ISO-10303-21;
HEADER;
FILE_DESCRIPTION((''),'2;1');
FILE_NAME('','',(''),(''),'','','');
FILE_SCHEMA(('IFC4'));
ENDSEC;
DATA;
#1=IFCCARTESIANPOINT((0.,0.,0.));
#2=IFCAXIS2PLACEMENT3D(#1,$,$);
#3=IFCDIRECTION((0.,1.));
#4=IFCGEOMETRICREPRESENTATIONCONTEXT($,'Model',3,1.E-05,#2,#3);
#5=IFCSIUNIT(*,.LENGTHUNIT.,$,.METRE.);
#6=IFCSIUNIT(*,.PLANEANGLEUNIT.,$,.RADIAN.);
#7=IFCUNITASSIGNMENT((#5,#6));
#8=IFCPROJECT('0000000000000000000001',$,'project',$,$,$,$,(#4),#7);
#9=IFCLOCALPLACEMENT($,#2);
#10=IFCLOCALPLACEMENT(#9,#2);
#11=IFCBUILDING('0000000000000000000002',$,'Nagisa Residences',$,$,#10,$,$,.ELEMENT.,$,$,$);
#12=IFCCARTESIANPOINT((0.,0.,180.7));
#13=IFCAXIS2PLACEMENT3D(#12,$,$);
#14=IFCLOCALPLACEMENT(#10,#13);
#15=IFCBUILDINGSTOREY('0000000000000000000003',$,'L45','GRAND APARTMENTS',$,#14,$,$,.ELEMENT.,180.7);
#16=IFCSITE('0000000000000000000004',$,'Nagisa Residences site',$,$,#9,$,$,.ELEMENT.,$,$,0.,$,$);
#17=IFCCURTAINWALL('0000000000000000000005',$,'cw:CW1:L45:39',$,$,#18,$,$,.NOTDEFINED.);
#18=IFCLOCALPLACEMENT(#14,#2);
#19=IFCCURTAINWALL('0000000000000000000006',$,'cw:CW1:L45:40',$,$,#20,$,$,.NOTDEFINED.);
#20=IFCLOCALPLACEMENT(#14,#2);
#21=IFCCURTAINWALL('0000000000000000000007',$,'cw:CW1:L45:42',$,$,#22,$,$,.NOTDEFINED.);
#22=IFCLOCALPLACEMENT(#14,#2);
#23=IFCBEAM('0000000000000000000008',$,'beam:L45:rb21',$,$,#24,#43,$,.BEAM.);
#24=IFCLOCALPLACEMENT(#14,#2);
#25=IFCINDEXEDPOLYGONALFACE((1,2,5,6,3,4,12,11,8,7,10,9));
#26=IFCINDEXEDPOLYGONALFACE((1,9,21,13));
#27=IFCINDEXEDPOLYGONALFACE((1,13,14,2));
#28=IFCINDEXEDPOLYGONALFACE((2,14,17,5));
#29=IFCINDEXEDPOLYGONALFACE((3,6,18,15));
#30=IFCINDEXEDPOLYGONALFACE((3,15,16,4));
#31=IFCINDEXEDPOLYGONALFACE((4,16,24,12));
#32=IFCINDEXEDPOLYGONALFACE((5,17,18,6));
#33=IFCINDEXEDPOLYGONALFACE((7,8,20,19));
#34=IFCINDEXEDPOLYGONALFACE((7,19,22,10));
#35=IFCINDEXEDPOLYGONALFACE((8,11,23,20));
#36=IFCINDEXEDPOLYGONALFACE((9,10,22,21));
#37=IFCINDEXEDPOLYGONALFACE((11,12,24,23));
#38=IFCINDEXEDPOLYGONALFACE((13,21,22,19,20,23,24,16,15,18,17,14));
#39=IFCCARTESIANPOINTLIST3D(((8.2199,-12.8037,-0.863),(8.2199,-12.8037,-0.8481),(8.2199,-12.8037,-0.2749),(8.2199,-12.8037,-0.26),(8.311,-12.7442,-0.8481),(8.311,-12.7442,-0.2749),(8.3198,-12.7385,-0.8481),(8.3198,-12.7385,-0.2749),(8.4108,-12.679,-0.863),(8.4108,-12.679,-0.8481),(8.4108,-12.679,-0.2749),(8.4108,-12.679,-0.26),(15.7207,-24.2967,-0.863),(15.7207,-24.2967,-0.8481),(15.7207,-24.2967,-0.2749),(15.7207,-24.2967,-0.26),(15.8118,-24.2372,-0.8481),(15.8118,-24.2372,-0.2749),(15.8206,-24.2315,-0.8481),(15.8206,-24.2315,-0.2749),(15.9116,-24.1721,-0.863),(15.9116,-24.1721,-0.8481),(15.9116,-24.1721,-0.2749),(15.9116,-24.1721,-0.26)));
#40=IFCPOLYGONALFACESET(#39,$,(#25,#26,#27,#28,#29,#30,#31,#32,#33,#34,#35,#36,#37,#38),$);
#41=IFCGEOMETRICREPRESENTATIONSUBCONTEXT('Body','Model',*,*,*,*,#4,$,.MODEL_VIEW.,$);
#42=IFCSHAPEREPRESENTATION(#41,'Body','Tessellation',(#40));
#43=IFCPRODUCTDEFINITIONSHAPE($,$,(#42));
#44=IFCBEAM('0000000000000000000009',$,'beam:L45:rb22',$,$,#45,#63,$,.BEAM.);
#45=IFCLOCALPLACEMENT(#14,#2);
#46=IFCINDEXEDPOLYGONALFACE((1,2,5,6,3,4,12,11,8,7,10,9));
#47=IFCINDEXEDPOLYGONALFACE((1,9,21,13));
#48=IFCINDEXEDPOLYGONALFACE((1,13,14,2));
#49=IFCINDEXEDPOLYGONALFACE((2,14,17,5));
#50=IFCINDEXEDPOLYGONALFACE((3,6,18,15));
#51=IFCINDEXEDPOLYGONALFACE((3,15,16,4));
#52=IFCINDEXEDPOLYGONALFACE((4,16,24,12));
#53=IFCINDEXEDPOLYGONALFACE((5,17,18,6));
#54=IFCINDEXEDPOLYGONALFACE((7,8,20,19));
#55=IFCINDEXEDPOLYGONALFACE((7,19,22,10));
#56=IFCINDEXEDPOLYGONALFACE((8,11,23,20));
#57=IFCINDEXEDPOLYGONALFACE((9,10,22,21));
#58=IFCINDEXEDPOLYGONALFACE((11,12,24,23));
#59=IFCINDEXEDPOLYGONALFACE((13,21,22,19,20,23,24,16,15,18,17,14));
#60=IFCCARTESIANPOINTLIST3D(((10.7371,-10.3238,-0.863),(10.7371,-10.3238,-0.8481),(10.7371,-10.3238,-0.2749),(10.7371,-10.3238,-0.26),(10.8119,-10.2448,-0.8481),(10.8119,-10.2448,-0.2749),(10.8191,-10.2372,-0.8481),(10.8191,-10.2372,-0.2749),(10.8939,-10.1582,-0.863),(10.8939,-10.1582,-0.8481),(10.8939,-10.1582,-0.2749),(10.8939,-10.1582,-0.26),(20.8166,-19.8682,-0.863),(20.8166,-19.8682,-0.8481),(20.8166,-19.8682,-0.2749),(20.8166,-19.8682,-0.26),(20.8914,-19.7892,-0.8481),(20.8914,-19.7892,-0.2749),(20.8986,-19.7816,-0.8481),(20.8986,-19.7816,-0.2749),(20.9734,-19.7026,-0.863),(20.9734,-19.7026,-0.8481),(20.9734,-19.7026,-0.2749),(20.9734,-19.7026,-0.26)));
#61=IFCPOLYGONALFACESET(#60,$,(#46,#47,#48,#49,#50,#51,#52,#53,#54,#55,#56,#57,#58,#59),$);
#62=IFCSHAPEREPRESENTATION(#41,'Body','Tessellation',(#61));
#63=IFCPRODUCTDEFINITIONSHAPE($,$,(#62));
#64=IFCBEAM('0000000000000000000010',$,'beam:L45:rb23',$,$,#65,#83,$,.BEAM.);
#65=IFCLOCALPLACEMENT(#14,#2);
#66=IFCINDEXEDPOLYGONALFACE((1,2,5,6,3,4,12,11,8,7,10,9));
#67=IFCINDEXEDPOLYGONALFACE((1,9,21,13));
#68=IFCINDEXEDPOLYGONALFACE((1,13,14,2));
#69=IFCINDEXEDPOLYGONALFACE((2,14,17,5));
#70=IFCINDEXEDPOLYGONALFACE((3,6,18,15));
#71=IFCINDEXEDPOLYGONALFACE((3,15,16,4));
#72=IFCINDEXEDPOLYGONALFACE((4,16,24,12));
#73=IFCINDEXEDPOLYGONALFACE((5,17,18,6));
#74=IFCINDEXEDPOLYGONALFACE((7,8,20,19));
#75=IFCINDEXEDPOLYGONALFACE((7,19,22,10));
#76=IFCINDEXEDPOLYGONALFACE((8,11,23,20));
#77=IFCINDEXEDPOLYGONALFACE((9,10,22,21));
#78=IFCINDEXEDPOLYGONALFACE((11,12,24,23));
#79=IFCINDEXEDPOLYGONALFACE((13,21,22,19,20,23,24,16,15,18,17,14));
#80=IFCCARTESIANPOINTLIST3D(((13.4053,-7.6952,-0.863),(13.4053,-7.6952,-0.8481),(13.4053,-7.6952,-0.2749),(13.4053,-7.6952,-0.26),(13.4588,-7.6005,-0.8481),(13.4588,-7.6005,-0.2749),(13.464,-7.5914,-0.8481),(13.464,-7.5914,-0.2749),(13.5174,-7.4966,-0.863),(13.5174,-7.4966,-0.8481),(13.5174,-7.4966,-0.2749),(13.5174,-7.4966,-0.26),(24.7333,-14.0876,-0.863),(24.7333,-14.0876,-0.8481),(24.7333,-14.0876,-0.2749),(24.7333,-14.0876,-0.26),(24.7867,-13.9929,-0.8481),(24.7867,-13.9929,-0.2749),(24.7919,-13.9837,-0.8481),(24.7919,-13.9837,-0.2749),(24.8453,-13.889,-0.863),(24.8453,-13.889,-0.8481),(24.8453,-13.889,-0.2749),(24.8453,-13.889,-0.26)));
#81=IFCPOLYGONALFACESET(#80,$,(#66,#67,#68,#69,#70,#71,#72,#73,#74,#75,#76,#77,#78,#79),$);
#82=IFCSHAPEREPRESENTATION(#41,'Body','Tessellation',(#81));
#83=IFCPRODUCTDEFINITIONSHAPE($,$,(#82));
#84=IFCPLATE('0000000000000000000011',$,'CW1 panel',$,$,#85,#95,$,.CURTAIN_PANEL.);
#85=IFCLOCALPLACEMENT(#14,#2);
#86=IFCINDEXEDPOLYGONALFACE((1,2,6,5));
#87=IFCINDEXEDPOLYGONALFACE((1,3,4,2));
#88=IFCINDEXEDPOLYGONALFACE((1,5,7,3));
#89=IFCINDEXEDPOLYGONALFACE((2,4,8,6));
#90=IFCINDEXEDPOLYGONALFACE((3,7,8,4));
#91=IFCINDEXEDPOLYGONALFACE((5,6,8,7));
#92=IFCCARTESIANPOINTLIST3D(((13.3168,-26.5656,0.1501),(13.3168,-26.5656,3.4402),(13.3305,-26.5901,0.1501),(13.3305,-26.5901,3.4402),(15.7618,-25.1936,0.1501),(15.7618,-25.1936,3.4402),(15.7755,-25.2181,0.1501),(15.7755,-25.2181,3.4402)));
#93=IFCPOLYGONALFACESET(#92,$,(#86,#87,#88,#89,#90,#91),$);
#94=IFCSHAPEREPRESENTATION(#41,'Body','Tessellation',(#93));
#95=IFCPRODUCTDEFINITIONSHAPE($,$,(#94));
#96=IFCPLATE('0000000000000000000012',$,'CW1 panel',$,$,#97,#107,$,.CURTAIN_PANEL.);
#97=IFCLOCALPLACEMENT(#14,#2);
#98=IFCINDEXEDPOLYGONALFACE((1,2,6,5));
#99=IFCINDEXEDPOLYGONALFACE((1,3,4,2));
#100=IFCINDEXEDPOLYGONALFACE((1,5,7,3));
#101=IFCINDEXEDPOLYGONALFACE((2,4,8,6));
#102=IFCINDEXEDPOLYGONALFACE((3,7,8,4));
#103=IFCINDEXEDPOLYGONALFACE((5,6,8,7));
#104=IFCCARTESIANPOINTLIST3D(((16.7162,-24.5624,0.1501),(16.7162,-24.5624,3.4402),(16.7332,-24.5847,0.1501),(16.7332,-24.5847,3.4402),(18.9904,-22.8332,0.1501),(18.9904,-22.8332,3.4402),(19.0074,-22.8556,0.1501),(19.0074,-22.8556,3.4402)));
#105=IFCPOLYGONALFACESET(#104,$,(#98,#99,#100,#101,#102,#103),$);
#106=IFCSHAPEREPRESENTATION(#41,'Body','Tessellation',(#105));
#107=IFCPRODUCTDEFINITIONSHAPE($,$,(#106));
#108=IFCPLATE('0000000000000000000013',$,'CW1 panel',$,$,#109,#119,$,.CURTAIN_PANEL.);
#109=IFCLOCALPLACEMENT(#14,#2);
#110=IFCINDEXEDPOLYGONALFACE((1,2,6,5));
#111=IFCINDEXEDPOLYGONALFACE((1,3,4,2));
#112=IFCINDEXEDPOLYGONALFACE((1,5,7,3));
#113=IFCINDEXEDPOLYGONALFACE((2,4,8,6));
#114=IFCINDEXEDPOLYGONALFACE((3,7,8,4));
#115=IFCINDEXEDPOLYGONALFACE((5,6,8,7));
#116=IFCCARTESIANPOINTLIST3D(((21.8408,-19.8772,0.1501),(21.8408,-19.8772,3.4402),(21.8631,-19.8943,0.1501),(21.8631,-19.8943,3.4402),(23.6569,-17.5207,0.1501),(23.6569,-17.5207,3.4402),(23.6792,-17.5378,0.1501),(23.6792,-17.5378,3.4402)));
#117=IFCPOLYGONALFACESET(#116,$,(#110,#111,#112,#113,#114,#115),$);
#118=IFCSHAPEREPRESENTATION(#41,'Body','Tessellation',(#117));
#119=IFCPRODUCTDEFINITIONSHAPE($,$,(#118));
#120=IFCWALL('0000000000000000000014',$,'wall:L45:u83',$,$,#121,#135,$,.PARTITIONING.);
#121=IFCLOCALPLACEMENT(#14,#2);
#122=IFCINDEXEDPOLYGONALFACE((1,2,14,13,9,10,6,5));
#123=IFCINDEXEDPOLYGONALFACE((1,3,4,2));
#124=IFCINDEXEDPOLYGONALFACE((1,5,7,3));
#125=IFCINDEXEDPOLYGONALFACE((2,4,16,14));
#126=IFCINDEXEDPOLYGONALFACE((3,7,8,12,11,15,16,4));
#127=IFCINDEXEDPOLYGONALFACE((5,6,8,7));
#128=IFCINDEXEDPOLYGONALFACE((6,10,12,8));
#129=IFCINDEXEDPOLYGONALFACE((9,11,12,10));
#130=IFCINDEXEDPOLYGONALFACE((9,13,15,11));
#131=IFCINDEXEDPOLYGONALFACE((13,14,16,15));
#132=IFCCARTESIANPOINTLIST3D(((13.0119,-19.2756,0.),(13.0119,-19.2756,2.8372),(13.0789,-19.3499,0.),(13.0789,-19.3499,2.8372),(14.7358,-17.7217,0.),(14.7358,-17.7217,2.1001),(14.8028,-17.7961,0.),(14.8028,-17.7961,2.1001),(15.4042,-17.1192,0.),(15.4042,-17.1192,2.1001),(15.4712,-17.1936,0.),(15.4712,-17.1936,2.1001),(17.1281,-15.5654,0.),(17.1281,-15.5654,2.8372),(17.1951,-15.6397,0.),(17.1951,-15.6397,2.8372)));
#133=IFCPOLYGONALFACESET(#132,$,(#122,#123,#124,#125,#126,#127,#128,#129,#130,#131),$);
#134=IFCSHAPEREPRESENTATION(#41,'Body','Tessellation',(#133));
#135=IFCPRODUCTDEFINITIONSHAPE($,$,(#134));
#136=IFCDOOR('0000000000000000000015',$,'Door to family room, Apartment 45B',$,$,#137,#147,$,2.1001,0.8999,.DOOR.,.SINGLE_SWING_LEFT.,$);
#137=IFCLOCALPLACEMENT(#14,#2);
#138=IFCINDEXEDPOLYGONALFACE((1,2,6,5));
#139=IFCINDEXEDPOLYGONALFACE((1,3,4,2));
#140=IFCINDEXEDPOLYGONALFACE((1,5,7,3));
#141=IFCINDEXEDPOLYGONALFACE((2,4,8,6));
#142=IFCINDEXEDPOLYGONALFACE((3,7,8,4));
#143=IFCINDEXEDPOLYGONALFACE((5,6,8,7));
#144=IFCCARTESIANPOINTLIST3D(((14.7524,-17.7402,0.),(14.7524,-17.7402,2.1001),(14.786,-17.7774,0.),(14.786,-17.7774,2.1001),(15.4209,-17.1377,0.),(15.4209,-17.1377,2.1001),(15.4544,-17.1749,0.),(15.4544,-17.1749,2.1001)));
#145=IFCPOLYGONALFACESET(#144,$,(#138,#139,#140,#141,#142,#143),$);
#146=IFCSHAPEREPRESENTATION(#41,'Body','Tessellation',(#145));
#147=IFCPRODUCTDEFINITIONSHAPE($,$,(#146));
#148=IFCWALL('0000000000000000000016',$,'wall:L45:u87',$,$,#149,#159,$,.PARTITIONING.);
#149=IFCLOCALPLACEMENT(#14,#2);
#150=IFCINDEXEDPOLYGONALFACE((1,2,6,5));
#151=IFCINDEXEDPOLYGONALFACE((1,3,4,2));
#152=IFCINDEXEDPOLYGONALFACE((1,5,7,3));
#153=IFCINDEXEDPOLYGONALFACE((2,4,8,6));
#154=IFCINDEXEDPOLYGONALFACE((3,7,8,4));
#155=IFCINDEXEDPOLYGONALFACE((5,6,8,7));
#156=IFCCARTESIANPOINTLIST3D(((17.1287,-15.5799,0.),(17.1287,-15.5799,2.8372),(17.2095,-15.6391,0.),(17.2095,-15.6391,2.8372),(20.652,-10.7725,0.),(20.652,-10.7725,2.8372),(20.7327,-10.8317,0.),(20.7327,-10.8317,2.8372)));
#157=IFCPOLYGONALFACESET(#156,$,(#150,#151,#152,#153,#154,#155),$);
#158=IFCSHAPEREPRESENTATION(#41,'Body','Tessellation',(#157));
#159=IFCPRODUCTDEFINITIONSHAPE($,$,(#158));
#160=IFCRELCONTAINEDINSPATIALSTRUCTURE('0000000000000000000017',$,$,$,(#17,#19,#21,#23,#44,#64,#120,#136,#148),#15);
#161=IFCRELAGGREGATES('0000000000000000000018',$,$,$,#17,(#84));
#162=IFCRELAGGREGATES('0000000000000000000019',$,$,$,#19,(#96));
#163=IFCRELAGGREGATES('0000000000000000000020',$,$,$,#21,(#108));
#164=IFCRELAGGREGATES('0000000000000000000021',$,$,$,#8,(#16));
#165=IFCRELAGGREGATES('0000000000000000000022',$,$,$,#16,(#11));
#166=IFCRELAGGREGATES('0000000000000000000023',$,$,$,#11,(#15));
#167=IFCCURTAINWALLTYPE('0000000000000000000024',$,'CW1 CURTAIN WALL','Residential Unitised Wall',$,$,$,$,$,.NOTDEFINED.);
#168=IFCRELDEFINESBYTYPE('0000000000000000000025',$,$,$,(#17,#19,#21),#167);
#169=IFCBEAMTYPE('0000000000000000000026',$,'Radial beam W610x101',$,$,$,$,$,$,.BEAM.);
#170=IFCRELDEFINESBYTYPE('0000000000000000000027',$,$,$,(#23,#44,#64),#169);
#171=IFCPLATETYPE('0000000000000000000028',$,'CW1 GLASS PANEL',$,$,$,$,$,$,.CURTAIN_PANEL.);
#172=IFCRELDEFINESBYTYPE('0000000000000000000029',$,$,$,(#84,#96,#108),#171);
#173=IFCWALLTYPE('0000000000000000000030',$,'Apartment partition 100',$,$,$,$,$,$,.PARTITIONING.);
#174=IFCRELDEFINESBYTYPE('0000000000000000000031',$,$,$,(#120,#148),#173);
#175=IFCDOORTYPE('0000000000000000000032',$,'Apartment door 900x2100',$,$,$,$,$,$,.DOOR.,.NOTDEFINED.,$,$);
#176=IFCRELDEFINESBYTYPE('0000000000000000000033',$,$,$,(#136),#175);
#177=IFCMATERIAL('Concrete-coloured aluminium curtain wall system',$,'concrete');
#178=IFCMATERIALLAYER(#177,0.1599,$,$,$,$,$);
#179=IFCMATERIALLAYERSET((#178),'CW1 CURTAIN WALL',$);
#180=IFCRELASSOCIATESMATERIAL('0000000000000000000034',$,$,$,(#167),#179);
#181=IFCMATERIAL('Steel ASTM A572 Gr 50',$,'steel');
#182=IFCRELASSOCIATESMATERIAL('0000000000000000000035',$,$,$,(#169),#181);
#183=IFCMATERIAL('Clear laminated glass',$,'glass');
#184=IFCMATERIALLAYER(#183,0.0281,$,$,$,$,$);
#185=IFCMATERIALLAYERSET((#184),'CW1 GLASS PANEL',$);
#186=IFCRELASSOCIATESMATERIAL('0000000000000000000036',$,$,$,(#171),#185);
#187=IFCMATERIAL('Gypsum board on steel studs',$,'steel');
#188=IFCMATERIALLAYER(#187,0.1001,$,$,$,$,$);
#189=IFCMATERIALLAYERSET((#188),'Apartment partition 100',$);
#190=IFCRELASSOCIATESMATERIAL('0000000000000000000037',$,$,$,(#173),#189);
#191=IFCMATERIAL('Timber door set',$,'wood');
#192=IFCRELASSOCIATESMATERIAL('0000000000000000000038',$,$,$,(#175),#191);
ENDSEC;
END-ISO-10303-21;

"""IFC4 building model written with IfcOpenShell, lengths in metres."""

from ifc_helpers import new_model, si_unit, direction, frame, frame_2d, origin, origin_2d, place, context, subcontext, project, spatial, rectangle, i_section, extrude, material, layer, layer_set, material_profile, profile_set, type_object, element, fill, aggregate, save


model = new_model("IFC4")

# Units and contexts
model_context = context("Model", 3, precision=1e-05, world=origin(), true_north=direction((0.0, 1.0)))
body_context = subcontext(model_context, "Body", "Model", "MODEL_VIEW")
ifc_project = project(units=[si_unit("LENGTHUNIT", "METRE"), si_unit("PLANEANGLEUNIT", "RADIAN")], contexts=[model_context])

# Site, building, storey
site_placement = place(None, origin())
site = spatial("IfcSite", under=ifc_project, at=site_placement, Name="Nagisa Residences site", CompositionType="ELEMENT", RefElevation=0.0)
building_placement = place(site_placement, origin())
building = spatial("IfcBuilding", under=site, at=building_placement, Name="Nagisa Residences", CompositionType="ELEMENT")
storey_placement = place(building_placement, frame((0.0, 0.0, 180.7)))
storey = spatial("IfcBuildingStorey", under=building, at=storey_placement, Name="L45", Description="GRAND APARTMENTS", CompositionType="ELEMENT", Elevation=180.7)

# Curtain walls
ifc_material_1 = material(Name="Concrete-coloured aluminium curtain wall system", Category="concrete")
ifc_layer_1 = layer(ifc_material_1, 0.1599)
ifc_layer_set_1 = layer_set([ifc_layer_1], Name="CW1 CURTAIN WALL")
curtain_wall_type = type_object("IfcCurtainWallType", Name="CW1 CURTAIN WALL", Description="Residential Unitised Wall", PredefinedType="NOTDEFINED", material=ifc_layer_set_1)
curtain_wall_1_placement = place(storey_placement, origin())
curtain_wall_1 = element("IfcCurtainWall", 1, at=curtain_wall_1_placement, inside=storey, type_object=curtain_wall_type, Name="cw:CW1:L45:39", PredefinedType="NOTDEFINED")
curtain_wall_2_placement = place(storey_placement, origin())
curtain_wall_2 = element("IfcCurtainWall", 2, at=curtain_wall_2_placement, inside=storey, type_object=curtain_wall_type, Name="cw:CW1:L45:40", PredefinedType="NOTDEFINED")
curtain_wall_3_placement = place(storey_placement, origin())
curtain_wall_3 = element("IfcCurtainWall", 3, at=curtain_wall_3_placement, inside=storey, type_object=curtain_wall_type, Name="cw:CW1:L45:42", PredefinedType="NOTDEFINED")

# Beams
ifc_material_2 = material(Name="Steel ASTM A572 Gr 50", Category="steel")
ifc_material_profile_1 = material_profile(ifc_material_2, i_section(OverallWidth=0.228, OverallDepth=0.603, WebThickness=0.0105, FlangeThickness=0.0149, at=origin_2d()), Name="W610x101")
ifc_profile_set_1 = profile_set([ifc_material_profile_1], Name="Steel ASTM A572 Gr 50")
beam_type_1 = type_object("IfcBeamType", Name="Radial beam W610x101", PredefinedType="BEAM", material=ifc_profile_set_1)
beam_1_placement = place(storey_placement, frame((15.8162, -24.2344, -0.5615), z_axis=(-0.546541, 0.837432, 0.0), x_axis=(-0.837432, -0.546541, 0.0)))
element("IfcBeam", 4, at=beam_1_placement, inside=storey, type_object=beam_type_1, Name="beam:L45:rb21", PredefinedType="BEAM", context=body_context, shape_type="SweptSolid", body=[
    extrude(i_section(OverallWidth=0.228, OverallDepth=0.603, WebThickness=0.0105, FlangeThickness=0.0149, at=origin_2d()), origin(), (0.0, 0.0, 1.0), 13.7241),
])
beam_2_placement = place(storey_placement, frame((20.895, -19.7854, -0.5615), z_axis=(-0.72612, 0.687568, 0.0), x_axis=(-0.687568, -0.72612, 0.0)))
element("IfcBeam", 5, at=beam_2_placement, inside=storey, type_object=beam_type_1, Name="beam:L45:rb22", PredefinedType="BEAM", context=body_context, shape_type="SweptSolid", body=[
    extrude(i_section(OverallWidth=0.228, OverallDepth=0.603, WebThickness=0.0105, FlangeThickness=0.0149, at=origin_2d()), origin(), (0.0, 0.0, 1.0), 13.8813),
])
beam_3_placement = place(storey_placement, frame((24.7893, -13.9883, -0.5615), z_axis=(-0.870905, 0.491452, 0.0), x_axis=(-0.491452, -0.870905, 0.0)))
element("IfcBeam", 6, at=beam_3_placement, inside=storey, type_object=beam_type_1, Name="beam:L45:rb23", PredefinedType="BEAM", context=body_context, shape_type="SweptSolid", body=[
    extrude(i_section(OverallWidth=0.228, OverallDepth=0.603, WebThickness=0.0105, FlangeThickness=0.0149, at=origin_2d()), origin(), (0.0, 0.0, 1.0), 13.0071),
])

# Plates
ifc_material_3 = material(Name="Clear laminated glass", Category="glass")
ifc_layer_2 = layer(ifc_material_3, 0.0281)
ifc_layer_set_2 = layer_set([ifc_layer_2], Name="CW1 GLASS PANEL")
plate_type = type_object("IfcPlateType", Name="CW1 GLASS PANEL", PredefinedType="CURTAIN_PANEL", material=ifc_layer_set_2)
plate_1_placement = place(storey_placement, frame((14.5461, -25.8918, 0.1501), z_axis=(0.0, 0.0, 1.0), x_axis=(0.872072, 0.489377, 0.0)))
plate_1 = element("IfcPlate", 7, at=plate_1_placement, type_object=plate_type, Name="CW1 panel", PredefinedType="CURTAIN_PANEL", context=body_context, shape_type="SweptSolid", body=[
    extrude(rectangle(XDim=2.8037, YDim=0.0281, at=origin_2d()), origin(), (0.0, 0.0, 1.0), 3.29),
])
aggregate(curtain_wall_1, [plate_1])
plate_2_placement = place(storey_placement, frame((17.8618, -23.709, 0.1501), z_axis=(0.0, 0.0, 1.0), x_axis=(0.796031, 0.605255, 0.0)))
plate_2 = element("IfcPlate", 8, at=plate_2_placement, type_object=plate_type, Name="CW1 panel", PredefinedType="CURTAIN_PANEL", context=body_context, shape_type="SweptSolid", body=[
    extrude(rectangle(XDim=2.8569, YDim=0.0281, at=origin_2d()), origin(), (0.0, 0.0, 1.0), 3.29),
])
aggregate(curtain_wall_2, [plate_2])
plate_3_placement = place(storey_placement, frame((22.76, -18.7075, 0.1501), z_axis=(0.0, 0.0, 1.0), x_axis=(0.61043, 0.79207, 0.0)))
plate_3 = element("IfcPlate", 9, at=plate_3_placement, type_object=plate_type, Name="CW1 panel", PredefinedType="CURTAIN_PANEL", context=body_context, shape_type="SweptSolid", body=[
    extrude(rectangle(XDim=2.9751, YDim=0.0281, at=origin_2d()), origin(), (0.0, 0.0, 1.0), 3.29),
])
aggregate(curtain_wall_3, [plate_3])

# Wall, opening, door
ifc_material_4 = material(Name="Gypsum board on steel studs", Category="steel")
ifc_layer_3 = layer(ifc_material_4, 0.1001)
ifc_layer_set_3 = layer_set([ifc_layer_3], Name="Apartment partition 100")
wall_type_1 = type_object("IfcWallType", Name="Apartment partition 100", PredefinedType="PARTITIONING", material=ifc_layer_set_3)
wall_1_placement = place(storey_placement, frame((13.0454, -19.3127, 0.0), z_axis=(0.0, 0.0, 1.0), x_axis=(0.74279, 0.669524, 0.0)))
wall_1 = element("IfcWall", 10, at=wall_1_placement, inside=storey, type_object=wall_type_1, Name="wall:L45:u83", PredefinedType="PARTITIONING", context=body_context, shape_type="SweptSolid", body=[
    extrude(rectangle(XDim=5.5415, YDim=0.1001, at=frame_2d((2.7708, 0.0))), origin(), (0.0, 0.0, 1.0), 2.8372),
])
opening_1_placement = place(wall_1_placement, frame((2.3208, 0.0, 0.0)))
opening_1 = element("IfcOpeningElement", 11, at=opening_1_placement, cuts=wall_1, PredefinedType="OPENING", context=body_context, shape_type="SweptSolid", body=[
    extrude(rectangle(XDim=0.8999, YDim=2.1001, at=frame_2d((0.45, 1.05))), frame((0.0, 0.0601, 0.0), z_axis=(0.0, -1.0, 0.0), x_axis=(1.0, 0.0, 0.0)), (0.0, 0.0, 1.0), 0.1201),
])
ifc_material_5 = material(Name="Timber door set", Category="wood")
door_type_1 = type_object("IfcDoorType", Name="Apartment door 900x2100", OperationType="NOTDEFINED", PredefinedType="DOOR", material=ifc_material_5)
door_1_placement = place(opening_1_placement, frame((0.8999, 0.0, 0.0), x_axis=(-1.0, 0.0, 0.0)))
door_1 = element("IfcDoor", 12, at=door_1_placement, inside=storey, type_object=door_type_1, Name="Door to family room, Apartment 45B", OperationType="SINGLE_SWING_LEFT", OverallHeight=2.1001, OverallWidth=0.8999, PredefinedType="DOOR", context=body_context, shape_type="SweptSolid", body=[
    extrude(rectangle(XDim=0.8999, YDim=2.1001, at=frame_2d((0.45, 1.05))), frame((0.0, 0.0249, 0.0), z_axis=(0.0, -1.0, 0.0), x_axis=(1.0, 0.0, 0.0)), (0.0, 0.0, 1.0), 0.05),
])
fill(opening_1, door_1)

# Wall
wall_2_placement = place(storey_placement, frame((17.1692, -15.6094, 0.0), z_axis=(0.0, 0.0, 1.0), x_axis=(0.591122, 0.806582, 0.0)))
element("IfcWall", 13, at=wall_2_placement, inside=storey, type_object=wall_type_1, Name="wall:L45:u87", PredefinedType="PARTITIONING", context=body_context, shape_type="SweptSolid", body=[
    extrude(rectangle(XDim=5.9602, YDim=0.1001, at=frame_2d((2.98, 0.0))), origin(), (0.0, 0.0, 1.0), 2.8372),
])

save(model, "model.ifc")
